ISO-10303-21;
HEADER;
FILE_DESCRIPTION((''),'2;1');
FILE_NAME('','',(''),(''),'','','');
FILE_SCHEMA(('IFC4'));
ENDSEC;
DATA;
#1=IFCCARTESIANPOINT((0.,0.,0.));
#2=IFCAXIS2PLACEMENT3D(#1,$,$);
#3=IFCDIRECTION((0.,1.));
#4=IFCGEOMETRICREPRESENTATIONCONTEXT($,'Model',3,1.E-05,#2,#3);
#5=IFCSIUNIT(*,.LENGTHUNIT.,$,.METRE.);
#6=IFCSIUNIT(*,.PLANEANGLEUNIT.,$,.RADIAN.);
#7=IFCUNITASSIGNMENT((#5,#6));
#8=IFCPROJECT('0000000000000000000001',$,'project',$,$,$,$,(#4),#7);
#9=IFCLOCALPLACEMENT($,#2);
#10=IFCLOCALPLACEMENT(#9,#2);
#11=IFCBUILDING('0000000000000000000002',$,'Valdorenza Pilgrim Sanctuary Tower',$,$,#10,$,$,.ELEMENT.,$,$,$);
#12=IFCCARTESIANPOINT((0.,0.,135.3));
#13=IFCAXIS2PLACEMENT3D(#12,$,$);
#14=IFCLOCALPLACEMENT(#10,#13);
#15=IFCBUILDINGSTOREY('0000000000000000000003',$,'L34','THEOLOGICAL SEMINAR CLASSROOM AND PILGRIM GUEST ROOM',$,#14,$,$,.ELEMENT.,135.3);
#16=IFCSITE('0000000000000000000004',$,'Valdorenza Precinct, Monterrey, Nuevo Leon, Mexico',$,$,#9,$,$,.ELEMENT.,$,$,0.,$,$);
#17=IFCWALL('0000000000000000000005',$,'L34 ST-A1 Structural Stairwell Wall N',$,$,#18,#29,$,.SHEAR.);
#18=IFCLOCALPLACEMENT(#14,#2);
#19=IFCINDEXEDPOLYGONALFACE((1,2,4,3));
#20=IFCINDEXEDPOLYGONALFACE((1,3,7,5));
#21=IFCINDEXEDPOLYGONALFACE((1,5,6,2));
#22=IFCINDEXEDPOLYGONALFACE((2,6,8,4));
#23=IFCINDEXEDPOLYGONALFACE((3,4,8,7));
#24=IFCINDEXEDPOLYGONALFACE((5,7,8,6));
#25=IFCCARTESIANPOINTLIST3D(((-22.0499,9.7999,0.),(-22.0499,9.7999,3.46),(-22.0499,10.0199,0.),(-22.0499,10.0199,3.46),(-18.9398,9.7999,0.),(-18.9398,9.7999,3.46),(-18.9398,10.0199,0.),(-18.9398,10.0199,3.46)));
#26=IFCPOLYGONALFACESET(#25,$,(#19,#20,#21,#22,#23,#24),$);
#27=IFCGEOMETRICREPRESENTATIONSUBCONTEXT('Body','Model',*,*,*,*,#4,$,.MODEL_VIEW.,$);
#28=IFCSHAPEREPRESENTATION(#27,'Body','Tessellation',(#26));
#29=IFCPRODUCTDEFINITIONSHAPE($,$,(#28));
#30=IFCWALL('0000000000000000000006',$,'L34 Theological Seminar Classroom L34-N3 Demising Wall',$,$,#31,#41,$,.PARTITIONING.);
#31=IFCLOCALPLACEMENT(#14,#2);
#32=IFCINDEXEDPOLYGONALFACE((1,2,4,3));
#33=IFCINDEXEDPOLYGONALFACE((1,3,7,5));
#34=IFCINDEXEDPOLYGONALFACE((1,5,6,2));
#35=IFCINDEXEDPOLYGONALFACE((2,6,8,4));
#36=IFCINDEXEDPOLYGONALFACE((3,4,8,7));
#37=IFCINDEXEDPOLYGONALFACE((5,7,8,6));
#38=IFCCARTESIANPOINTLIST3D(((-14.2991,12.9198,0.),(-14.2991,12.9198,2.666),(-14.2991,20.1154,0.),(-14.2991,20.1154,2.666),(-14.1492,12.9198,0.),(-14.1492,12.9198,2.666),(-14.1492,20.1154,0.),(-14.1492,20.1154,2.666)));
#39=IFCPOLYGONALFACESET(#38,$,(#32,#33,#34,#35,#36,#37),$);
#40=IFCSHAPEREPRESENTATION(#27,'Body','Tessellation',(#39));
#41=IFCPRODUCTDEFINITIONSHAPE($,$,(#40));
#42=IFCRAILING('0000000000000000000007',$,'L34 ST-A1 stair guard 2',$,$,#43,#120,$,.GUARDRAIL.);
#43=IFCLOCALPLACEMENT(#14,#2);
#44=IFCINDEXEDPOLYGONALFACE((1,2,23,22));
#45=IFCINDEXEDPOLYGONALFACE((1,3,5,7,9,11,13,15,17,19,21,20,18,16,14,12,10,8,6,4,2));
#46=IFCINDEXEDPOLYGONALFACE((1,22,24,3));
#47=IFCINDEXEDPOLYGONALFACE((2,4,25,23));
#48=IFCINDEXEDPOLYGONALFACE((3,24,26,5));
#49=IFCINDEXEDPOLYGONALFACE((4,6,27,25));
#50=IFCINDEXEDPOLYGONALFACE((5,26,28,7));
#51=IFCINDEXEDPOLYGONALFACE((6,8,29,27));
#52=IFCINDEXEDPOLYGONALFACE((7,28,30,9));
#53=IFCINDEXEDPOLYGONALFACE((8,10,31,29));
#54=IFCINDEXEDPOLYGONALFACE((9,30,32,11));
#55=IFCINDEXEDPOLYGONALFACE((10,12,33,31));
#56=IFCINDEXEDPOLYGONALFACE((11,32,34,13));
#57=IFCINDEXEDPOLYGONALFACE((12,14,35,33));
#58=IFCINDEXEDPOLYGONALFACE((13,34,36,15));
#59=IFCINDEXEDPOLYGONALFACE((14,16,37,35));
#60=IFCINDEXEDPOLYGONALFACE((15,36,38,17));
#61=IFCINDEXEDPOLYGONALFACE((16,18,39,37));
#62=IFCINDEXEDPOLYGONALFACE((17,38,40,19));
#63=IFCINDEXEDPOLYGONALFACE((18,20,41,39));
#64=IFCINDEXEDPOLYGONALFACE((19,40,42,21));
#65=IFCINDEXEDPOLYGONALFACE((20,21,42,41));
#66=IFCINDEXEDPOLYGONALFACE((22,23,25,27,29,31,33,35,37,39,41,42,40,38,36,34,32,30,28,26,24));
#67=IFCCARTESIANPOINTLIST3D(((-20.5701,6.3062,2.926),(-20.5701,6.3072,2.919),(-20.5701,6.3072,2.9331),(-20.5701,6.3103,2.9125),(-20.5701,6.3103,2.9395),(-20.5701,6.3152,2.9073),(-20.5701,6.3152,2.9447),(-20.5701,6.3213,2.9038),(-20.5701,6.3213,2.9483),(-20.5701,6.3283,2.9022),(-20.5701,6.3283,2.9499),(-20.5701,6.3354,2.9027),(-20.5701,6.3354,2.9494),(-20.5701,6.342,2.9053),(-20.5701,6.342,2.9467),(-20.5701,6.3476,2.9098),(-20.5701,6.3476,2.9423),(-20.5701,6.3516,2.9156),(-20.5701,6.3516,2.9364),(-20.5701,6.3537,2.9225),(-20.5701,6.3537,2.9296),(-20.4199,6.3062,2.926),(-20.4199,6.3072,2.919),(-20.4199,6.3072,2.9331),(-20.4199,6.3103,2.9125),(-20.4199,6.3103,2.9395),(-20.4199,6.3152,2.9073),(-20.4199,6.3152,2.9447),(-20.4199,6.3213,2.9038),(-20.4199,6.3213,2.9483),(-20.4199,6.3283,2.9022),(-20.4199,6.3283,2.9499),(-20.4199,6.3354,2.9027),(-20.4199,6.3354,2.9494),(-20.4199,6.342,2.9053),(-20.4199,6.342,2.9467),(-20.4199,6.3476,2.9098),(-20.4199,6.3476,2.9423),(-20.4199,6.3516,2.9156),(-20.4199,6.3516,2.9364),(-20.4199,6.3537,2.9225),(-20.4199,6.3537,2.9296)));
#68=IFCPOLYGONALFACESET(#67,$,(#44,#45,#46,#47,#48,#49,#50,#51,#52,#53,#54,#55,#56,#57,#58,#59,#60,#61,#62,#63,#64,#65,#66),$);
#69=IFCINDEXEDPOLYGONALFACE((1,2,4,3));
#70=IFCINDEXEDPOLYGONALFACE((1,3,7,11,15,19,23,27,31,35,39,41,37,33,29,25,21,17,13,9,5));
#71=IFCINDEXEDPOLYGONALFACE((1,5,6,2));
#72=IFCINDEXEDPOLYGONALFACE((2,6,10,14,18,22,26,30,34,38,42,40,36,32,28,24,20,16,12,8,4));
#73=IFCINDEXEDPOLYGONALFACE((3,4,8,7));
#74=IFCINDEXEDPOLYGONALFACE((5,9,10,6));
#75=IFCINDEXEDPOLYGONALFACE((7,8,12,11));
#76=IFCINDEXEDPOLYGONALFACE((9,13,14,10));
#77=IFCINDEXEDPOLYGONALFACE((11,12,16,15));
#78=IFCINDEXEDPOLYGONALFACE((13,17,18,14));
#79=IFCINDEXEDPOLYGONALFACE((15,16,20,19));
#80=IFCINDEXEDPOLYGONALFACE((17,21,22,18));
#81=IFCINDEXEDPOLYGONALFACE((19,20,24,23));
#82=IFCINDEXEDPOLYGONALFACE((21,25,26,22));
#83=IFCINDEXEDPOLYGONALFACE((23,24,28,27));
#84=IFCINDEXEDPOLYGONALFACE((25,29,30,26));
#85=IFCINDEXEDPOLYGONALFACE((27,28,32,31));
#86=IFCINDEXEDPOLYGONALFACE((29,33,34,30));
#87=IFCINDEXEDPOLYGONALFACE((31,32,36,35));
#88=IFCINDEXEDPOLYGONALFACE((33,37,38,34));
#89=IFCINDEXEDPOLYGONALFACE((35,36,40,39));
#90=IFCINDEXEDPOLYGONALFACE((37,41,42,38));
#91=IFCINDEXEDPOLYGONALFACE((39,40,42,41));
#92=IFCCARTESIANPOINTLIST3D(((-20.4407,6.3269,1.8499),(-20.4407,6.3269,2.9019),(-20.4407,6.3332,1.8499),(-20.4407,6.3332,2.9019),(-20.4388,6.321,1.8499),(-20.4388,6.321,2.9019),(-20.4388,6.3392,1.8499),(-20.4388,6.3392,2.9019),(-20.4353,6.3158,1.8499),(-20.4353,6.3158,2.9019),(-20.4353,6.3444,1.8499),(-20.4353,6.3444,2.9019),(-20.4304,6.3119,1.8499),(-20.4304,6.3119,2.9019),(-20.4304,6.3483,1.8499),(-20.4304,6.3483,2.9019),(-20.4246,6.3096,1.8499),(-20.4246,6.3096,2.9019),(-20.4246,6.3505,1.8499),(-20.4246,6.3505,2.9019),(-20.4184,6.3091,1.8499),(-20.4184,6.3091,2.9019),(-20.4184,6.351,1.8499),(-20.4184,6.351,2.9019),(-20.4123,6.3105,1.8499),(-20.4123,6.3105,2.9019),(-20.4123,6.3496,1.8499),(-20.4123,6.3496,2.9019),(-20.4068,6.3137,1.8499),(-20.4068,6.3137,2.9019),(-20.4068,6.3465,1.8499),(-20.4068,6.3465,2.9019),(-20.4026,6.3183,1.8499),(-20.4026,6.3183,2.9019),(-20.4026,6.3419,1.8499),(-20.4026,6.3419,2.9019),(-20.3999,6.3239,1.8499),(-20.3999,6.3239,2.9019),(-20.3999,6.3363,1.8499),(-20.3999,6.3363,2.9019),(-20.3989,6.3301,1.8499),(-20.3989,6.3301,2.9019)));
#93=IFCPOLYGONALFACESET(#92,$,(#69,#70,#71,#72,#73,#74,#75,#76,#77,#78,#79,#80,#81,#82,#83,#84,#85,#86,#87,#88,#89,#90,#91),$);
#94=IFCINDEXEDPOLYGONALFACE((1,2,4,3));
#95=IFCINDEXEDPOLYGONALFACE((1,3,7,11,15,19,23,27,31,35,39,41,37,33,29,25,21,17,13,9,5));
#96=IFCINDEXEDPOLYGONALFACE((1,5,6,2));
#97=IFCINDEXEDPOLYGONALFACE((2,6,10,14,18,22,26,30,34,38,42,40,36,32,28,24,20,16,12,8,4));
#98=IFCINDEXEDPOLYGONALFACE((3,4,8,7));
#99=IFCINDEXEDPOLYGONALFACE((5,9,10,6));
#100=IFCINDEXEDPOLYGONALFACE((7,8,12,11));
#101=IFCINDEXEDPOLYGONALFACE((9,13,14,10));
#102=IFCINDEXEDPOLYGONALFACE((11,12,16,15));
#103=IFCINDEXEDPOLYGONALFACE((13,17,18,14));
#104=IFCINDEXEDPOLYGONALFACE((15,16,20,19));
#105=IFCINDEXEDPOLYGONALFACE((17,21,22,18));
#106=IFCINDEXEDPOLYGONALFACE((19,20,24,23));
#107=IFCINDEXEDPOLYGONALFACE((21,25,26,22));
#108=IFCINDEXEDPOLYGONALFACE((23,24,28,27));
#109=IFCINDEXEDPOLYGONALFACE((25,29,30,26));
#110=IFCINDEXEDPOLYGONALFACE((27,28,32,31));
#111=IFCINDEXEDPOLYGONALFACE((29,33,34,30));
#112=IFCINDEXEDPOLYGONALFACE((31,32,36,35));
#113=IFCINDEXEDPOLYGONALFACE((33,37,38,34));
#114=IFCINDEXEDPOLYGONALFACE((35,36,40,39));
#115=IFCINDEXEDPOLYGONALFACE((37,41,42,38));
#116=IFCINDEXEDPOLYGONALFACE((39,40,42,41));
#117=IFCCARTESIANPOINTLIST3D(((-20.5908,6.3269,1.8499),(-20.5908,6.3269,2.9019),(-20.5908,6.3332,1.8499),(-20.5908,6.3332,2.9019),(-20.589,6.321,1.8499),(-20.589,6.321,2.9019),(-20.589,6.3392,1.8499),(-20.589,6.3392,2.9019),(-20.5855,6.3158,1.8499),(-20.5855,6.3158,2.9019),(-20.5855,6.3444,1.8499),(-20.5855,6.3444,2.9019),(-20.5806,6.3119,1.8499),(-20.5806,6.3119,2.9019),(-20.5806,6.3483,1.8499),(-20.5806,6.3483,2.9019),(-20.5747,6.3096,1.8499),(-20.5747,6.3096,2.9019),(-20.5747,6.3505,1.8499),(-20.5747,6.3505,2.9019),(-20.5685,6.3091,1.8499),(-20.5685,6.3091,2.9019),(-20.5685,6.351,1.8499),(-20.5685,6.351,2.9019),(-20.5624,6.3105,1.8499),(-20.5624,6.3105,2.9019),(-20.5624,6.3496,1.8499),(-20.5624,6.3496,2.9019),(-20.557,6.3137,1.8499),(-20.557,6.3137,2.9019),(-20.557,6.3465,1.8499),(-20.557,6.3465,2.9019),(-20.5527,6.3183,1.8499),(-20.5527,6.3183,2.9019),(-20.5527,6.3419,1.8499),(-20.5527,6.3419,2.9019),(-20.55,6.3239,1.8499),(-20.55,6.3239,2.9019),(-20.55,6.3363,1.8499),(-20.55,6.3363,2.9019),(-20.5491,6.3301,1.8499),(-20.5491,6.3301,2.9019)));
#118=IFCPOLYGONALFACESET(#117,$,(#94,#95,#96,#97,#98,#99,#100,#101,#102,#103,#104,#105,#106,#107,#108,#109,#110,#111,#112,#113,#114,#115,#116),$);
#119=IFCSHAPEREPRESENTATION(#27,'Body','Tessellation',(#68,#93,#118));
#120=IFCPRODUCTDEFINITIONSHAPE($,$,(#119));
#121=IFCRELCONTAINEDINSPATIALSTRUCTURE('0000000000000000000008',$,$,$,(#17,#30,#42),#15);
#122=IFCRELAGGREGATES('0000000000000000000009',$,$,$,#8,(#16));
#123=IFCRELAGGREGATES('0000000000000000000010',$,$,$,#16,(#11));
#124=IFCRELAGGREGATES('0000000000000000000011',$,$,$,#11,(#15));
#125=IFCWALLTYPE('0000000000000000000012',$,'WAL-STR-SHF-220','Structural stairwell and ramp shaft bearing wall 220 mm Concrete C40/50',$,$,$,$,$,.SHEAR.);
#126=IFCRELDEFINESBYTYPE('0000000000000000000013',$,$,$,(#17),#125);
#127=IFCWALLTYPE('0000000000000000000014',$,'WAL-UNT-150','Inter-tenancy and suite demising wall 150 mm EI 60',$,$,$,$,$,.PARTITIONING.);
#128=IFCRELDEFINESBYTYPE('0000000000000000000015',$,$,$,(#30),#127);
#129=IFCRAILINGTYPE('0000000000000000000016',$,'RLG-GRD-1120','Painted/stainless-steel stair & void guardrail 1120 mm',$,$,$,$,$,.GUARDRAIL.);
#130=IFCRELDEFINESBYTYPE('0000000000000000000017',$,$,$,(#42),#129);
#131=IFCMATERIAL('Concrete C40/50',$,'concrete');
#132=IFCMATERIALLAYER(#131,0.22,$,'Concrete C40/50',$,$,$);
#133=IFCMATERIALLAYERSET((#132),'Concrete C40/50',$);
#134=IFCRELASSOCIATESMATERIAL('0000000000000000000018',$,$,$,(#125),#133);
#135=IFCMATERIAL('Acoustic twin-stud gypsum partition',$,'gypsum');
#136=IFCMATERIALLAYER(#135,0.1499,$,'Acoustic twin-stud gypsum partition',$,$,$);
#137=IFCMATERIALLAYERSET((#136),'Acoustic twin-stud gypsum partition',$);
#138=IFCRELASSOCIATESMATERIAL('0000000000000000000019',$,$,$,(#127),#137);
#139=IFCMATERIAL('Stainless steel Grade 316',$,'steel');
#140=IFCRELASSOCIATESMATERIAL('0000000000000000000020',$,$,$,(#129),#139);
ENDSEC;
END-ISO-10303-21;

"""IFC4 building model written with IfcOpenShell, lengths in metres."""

from ifc_helpers import new_model, si_unit, direction, frame, frame_2d, origin, origin_2d, place, context, subcontext, project, spatial, rectangle, circle, extrude, material, layer, layer_set, type_object, element, save


model = new_model("IFC4")

# Units and contexts
model_context = context("Model", 3, precision=1e-05, world=origin(), true_north=direction((0.0, 1.0)))
body_context = subcontext(model_context, "Body", "Model", "MODEL_VIEW")
ifc_project = project(units=[si_unit("LENGTHUNIT", "METRE"), si_unit("PLANEANGLEUNIT", "RADIAN")], contexts=[model_context])

# Site, building, storey
site_placement = place(None, origin())
site = spatial("IfcSite", under=ifc_project, at=site_placement, Name="Valdorenza Precinct, Monterrey, Nuevo Leon, Mexico", CompositionType="ELEMENT", RefElevation=0.0)
building_placement = place(site_placement, origin())
building = spatial("IfcBuilding", under=site, at=building_placement, Name="Valdorenza Pilgrim Sanctuary Tower", CompositionType="ELEMENT")
storey_placement = place(building_placement, frame((0.0, 0.0, 135.3)))
storey = spatial("IfcBuildingStorey", under=building, at=storey_placement, Name="L34", Description="THEOLOGICAL SEMINAR CLASSROOM AND PILGRIM GUEST ROOM", CompositionType="ELEMENT", Elevation=135.3)

# Shared definitions
ifc_material_1 = material(Name="Acoustic twin-stud gypsum partition", Category="gypsum")

# Walls
ifc_material_2 = material(Name="Concrete C40/50", Category="concrete")
ifc_layer_1 = layer(ifc_material_2, 0.22, Name="Concrete C40/50")
ifc_layer_set_1 = layer_set([ifc_layer_1], Name="Concrete C40/50")
wall_type_1 = type_object("IfcWallType", Name="WAL-STR-SHF-220", Description="Structural stairwell and ramp shaft bearing wall 220 mm Concrete C40/50", PredefinedType="SHEAR", material=ifc_layer_set_1)
wall_1_placement = place(storey_placement, frame((-22.05, 9.9099, 0.0), z_axis=(0.0, 0.0, 1.0), x_axis=(1.0, 0.0, 0.0)))
element("IfcWall", 1, at=wall_1_placement, inside=storey, type_object=wall_type_1, Name="L34 ST-A1 Structural Stairwell Wall N", PredefinedType="SHEAR", context=body_context, shape_type="SweptSolid", body=[
    extrude(rectangle(XDim=3.1101, YDim=0.22, at=frame_2d((1.5552, 0.0))), origin(), (0.0, 0.0, 1.0), 3.46),
])
ifc_layer_2 = layer(ifc_material_1, 0.1499, Name="Acoustic twin-stud gypsum partition")
ifc_layer_set_2 = layer_set([ifc_layer_2], Name="Acoustic twin-stud gypsum partition")
wall_type_2 = type_object("IfcWallType", Name="WAL-UNT-150", Description="Inter-tenancy and suite demising wall 150 mm EI 60", PredefinedType="PARTITIONING", material=ifc_layer_set_2)
wall_2_placement = place(storey_placement, frame((-14.2241, 12.9199, 0.0), z_axis=(0.0, 0.0, 1.0), x_axis=(0.0, 1.0, 0.0)))
element("IfcWall", 2, at=wall_2_placement, inside=storey, type_object=wall_type_2, Name="L34 Theological Seminar Classroom L34-N3 Demising Wall", PredefinedType="PARTITIONING", context=body_context, shape_type="SweptSolid", body=[
    extrude(rectangle(XDim=7.1956, YDim=0.1499, at=frame_2d((3.5977, 0.0))), origin(), (0.0, 0.0, 1.0), 2.666),
])

# Railing
ifc_material_3 = material(Name="Stainless steel Grade 316", Category="steel")
railing_type = type_object("IfcRailingType", Name="RLG-GRD-1120", Description="Painted/stainless-steel stair & void guardrail 1120 mm", PredefinedType="GUARDRAIL", material=ifc_material_3)
railing_placement = place(storey_placement, frame((-20.4199, 6.3301, 1.8499)))
element("IfcRailing", 3, at=railing_placement, inside=storey, type_object=railing_type, Name="L34 ST-A1 stair guard 2", PredefinedType="GUARDRAIL", context=body_context, shape_type="SweptSolid", body=[
    extrude(circle(Radius=0.0239, at=origin_2d()), frame((0.0, 0.0, 1.0762), z_axis=(-1.0, 0.0, 0.0), x_axis=(0.0, -1.0, 0.0)), (0.0, 0.0, 1.0), 0.1501),
    extrude(circle(Radius=0.021, at=origin_2d()), origin(), (0.0, 0.0, 1.0), 1.052),
    extrude(circle(Radius=0.021, at=origin_2d()), frame((-0.1501, 0.0, 0.0)), (0.0, 0.0, 1.0), 1.052),
])

save(model, "model.ifc")
